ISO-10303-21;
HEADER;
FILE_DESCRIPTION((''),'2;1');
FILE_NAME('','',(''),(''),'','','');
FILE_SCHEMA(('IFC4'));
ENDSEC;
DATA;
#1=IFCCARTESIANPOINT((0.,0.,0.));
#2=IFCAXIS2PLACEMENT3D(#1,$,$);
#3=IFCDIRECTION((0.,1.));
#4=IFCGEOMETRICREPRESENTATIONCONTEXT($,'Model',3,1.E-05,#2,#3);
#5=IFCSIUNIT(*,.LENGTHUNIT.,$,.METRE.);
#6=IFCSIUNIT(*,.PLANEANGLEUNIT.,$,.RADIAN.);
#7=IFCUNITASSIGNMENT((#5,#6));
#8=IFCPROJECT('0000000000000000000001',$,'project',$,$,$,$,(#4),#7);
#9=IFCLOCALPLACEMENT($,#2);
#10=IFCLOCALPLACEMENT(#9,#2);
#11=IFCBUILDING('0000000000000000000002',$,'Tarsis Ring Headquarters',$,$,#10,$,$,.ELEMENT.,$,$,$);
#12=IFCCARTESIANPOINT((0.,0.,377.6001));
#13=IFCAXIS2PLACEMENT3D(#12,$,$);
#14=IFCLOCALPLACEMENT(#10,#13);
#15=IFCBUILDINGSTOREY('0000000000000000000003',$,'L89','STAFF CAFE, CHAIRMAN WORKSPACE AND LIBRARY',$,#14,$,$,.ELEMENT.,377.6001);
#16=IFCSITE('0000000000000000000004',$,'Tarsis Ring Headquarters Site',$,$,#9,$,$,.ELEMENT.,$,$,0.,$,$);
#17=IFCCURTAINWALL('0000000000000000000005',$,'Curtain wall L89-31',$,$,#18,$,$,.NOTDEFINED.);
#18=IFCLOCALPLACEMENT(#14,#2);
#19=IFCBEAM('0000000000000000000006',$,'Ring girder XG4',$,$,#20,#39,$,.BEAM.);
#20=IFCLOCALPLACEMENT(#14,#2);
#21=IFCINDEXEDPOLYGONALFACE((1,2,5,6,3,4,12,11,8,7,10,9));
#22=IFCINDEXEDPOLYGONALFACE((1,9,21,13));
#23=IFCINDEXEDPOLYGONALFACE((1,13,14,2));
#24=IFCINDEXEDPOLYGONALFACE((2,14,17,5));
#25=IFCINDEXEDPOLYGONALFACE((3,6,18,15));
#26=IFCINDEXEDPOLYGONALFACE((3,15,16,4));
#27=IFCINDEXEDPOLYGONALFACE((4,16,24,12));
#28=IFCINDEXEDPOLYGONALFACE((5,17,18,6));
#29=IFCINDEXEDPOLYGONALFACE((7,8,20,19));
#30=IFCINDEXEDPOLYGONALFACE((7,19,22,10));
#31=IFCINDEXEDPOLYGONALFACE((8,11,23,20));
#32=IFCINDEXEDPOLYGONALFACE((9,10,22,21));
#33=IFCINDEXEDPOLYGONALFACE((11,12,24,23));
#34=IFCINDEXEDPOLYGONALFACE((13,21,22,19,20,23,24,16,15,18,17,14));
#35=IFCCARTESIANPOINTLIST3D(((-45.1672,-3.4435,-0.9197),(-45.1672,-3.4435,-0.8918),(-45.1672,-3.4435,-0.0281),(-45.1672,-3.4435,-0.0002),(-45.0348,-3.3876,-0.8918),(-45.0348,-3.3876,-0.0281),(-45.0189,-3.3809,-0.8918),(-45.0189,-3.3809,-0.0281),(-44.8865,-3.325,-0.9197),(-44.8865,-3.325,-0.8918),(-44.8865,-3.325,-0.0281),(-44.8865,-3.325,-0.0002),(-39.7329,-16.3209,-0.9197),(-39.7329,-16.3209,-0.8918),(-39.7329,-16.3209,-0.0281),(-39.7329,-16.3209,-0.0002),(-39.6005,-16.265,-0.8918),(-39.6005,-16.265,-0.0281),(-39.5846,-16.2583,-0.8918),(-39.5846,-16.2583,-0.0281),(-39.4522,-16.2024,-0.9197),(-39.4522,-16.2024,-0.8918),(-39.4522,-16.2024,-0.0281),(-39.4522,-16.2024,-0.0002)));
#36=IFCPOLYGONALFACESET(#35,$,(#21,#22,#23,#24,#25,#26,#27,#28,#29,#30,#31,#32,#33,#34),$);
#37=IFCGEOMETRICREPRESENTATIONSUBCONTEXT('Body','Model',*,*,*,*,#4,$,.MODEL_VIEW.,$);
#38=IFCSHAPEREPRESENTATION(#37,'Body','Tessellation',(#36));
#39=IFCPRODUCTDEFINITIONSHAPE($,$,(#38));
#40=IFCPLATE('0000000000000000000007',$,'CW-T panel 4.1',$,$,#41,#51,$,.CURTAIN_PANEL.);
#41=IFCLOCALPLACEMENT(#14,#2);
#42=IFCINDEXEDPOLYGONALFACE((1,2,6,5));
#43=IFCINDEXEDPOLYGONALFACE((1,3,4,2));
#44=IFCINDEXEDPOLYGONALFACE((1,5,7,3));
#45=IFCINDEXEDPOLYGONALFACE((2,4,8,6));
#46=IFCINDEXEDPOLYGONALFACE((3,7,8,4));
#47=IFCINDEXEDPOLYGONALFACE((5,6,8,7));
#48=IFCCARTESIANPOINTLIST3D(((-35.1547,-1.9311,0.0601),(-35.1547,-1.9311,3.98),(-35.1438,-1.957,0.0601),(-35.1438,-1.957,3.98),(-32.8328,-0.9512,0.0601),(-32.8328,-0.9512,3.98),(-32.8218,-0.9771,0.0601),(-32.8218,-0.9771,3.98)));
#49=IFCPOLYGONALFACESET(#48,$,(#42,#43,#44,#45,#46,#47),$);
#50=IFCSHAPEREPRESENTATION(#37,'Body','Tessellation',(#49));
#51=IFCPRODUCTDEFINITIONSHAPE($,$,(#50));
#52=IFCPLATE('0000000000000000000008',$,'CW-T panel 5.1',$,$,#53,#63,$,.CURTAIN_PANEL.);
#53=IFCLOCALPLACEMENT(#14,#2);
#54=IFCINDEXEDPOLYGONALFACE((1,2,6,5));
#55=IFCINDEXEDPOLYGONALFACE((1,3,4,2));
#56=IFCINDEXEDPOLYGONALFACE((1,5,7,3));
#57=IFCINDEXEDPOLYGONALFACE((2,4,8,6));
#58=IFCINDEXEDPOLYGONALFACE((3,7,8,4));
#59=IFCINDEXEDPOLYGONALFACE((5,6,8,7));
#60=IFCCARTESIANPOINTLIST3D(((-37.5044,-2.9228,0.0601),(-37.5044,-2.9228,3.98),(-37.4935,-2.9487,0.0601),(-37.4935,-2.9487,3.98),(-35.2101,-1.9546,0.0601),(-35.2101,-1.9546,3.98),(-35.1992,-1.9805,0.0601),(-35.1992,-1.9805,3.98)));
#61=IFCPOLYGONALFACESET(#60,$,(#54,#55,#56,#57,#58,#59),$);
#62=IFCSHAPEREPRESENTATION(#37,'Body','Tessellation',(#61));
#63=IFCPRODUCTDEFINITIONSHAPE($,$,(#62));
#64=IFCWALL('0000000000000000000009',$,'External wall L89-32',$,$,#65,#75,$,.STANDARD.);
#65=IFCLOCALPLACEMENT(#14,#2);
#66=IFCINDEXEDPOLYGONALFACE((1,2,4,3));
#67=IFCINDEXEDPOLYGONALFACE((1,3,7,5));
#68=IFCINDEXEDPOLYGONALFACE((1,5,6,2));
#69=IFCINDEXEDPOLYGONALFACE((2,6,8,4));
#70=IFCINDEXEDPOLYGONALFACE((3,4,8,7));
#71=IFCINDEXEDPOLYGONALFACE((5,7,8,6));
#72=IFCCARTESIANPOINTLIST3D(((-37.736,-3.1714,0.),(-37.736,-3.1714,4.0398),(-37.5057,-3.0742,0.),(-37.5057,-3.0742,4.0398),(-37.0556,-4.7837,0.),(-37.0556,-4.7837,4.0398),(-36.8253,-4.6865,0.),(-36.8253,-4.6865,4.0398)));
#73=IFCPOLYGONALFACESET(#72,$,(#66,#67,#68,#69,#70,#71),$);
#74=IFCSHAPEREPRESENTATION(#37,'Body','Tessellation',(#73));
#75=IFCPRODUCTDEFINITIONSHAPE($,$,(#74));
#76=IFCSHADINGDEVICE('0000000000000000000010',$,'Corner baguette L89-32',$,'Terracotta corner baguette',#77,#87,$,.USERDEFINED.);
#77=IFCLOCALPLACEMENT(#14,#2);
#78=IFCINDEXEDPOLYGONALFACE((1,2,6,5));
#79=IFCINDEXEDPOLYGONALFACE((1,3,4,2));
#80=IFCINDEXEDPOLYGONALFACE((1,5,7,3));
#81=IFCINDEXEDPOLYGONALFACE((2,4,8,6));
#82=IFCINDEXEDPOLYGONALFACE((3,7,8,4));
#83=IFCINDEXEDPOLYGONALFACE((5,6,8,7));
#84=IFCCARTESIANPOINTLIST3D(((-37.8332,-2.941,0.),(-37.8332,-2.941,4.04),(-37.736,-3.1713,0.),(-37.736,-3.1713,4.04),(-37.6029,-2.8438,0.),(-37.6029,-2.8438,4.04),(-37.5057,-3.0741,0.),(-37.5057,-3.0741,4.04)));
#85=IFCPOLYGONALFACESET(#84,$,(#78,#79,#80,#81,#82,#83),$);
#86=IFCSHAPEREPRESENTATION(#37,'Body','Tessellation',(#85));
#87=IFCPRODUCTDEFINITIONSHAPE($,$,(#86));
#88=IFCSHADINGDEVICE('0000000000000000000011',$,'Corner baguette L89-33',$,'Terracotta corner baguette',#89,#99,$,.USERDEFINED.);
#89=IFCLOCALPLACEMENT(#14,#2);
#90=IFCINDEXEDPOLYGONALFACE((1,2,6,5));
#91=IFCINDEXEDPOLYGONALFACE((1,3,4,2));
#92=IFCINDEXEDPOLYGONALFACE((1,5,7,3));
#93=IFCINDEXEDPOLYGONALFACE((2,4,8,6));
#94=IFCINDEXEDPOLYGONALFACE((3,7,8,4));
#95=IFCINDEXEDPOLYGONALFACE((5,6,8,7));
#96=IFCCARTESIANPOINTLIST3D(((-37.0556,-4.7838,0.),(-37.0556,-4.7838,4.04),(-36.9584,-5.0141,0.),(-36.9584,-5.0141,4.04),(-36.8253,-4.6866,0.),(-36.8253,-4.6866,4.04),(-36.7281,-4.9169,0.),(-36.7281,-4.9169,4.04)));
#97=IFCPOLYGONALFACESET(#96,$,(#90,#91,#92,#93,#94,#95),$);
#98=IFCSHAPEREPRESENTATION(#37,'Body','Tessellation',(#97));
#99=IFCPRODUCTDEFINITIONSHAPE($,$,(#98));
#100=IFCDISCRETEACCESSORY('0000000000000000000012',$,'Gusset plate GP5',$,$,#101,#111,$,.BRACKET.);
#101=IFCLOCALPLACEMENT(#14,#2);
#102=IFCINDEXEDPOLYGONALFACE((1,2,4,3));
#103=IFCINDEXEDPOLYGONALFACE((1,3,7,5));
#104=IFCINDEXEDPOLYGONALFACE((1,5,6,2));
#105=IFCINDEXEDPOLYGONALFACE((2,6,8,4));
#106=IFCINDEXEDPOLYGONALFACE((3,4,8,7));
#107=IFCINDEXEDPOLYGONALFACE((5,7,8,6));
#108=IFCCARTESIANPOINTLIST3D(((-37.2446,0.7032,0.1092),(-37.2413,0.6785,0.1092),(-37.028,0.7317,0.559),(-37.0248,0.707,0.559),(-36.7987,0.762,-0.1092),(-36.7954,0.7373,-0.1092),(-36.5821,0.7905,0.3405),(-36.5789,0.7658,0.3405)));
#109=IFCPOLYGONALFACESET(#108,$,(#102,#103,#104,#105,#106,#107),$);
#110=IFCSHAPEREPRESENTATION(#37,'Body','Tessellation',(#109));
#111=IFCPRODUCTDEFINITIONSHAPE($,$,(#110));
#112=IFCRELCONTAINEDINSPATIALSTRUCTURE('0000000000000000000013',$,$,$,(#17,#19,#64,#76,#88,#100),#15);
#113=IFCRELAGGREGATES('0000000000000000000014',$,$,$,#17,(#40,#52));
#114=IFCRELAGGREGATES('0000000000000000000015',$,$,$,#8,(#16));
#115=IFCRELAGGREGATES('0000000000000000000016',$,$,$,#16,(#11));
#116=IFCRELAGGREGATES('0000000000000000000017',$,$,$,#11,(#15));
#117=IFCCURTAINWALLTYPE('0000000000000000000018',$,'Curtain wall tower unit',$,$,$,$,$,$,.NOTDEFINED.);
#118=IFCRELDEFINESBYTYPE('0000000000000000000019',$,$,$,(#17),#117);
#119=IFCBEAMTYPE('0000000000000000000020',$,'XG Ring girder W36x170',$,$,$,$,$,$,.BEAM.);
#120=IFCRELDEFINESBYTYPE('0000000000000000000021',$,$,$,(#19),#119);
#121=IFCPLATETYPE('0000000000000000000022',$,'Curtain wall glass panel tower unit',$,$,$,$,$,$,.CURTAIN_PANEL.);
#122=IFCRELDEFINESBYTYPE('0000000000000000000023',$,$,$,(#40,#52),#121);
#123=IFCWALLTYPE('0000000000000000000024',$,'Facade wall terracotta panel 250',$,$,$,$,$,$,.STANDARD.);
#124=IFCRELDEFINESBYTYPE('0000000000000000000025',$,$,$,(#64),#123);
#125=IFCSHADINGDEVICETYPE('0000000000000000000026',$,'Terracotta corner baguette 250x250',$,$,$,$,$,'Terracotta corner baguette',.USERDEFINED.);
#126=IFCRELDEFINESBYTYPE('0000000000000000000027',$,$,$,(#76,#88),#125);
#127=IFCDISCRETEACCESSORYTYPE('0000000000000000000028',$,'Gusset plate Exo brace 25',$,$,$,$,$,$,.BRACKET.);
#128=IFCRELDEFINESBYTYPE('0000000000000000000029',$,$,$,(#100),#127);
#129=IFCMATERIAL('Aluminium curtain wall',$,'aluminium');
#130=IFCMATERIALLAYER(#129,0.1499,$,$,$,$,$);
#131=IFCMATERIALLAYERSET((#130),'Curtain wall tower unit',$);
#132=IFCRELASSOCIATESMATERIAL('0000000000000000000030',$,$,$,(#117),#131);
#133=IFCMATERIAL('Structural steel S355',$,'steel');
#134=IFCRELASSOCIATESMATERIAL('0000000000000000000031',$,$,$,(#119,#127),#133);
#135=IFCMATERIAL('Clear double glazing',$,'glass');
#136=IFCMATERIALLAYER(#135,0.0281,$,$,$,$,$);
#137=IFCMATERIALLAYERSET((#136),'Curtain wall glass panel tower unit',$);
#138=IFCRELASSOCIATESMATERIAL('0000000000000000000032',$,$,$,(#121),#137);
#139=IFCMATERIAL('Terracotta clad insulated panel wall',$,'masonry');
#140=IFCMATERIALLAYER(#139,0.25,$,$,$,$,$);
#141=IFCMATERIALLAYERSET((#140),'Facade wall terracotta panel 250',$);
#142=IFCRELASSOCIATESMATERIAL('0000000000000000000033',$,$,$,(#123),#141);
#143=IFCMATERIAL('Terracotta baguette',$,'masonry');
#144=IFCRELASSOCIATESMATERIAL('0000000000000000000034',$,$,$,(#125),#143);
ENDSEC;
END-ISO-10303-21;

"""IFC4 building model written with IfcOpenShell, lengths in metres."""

from ifc_helpers import new_model, si_unit, direction, frame, frame_2d, origin, origin_2d, place, context, subcontext, project, spatial, rectangle, i_section, extrude, material, layer, layer_set, material_profile, profile_set, type_object, element, aggregate, save


model = new_model("IFC4")

# Units and contexts
model_context = context("Model", 3, precision=1e-05, world=origin(), true_north=direction((0.0, 1.0)))
body_context = subcontext(model_context, "Body", "Model", "MODEL_VIEW")
ifc_project = project(units=[si_unit("LENGTHUNIT", "METRE"), si_unit("PLANEANGLEUNIT", "RADIAN")], contexts=[model_context])

# Site, building, storey
site_placement = place(None, origin())
site = spatial("IfcSite", under=ifc_project, at=site_placement, Name="Tarsis Ring Headquarters Site", CompositionType="ELEMENT", RefElevation=0.0)
building_placement = place(site_placement, origin())
building = spatial("IfcBuilding", under=site, at=building_placement, Name="Tarsis Ring Headquarters", CompositionType="ELEMENT")
storey_placement = place(building_placement, frame((0.0, 0.0, 377.6001)))
storey = spatial("IfcBuildingStorey", under=building, at=storey_placement, Name="L89", Description="STAFF CAFE, CHAIRMAN WORKSPACE AND LIBRARY", CompositionType="ELEMENT", Elevation=377.6001)

# Shared definitions
ifc_material_1 = material(Name="Structural steel S355", Category="steel")

# Curtain wall
ifc_material_2 = material(Name="Aluminium curtain wall", Category="aluminium")
ifc_layer_1 = layer(ifc_material_2, 0.1499)
ifc_layer_set_1 = layer_set([ifc_layer_1], Name="Curtain wall tower unit")
curtain_wall_type = type_object("IfcCurtainWallType", Name="Curtain wall tower unit", PredefinedType="NOTDEFINED", material=ifc_layer_set_1)
curtain_wall_placement = place(storey_placement, origin())
curtain_wall = element("IfcCurtainWall", 1, at=curtain_wall_placement, inside=storey, type_object=curtain_wall_type, Name="Curtain wall L89-31", PredefinedType="NOTDEFINED")

# Beam
ifc_material_profile_1 = material_profile(ifc_material_1, i_section(OverallWidth=0.3047, OverallDepth=0.9194, WebThickness=0.0173, FlangeThickness=0.0278, at=origin_2d()), Name="W36x170")
ifc_profile_set_1 = profile_set([ifc_material_profile_1], Name="Structural steel S355")
beam_type_1 = type_object("IfcBeamType", Name="XG Ring girder W36x170", PredefinedType="BEAM", material=ifc_profile_set_1)
beam_1_placement = place(storey_placement, frame((-45.0269, -3.3843, -0.46), z_axis=(0.388801, -0.921322, 0.0), x_axis=(0.921322, 0.388801, 0.0)))
element("IfcBeam", 2, at=beam_1_placement, inside=storey, type_object=beam_type_1, Name="Ring girder XG4", PredefinedType="BEAM", context=body_context, shape_type="SweptSolid", body=[
    extrude(i_section(OverallWidth=0.3047, OverallDepth=0.9194, WebThickness=0.0173, FlangeThickness=0.0278, at=origin_2d()), origin(), (0.0, 0.0, 1.0), 13.9771),
])

# Plates
ifc_material_3 = material(Name="Clear double glazing", Category="glass")
ifc_layer_2 = layer(ifc_material_3, 0.0281)
ifc_layer_set_2 = layer_set([ifc_layer_2], Name="Curtain wall glass panel tower unit")
plate_type = type_object("IfcPlateType", Name="Curtain wall glass panel tower unit", PredefinedType="CURTAIN_PANEL", material=ifc_layer_set_2)
plate_1_placement = place(storey_placement, frame((-33.9883, -1.4541, 0.0601), z_axis=(0.0, 0.0, 1.0), x_axis=(-0.921321, -0.388802, 0.0)))
plate_1 = element("IfcPlate", 3, at=plate_1_placement, type_object=plate_type, Name="CW-T panel 4.1", PredefinedType="CURTAIN_PANEL", context=body_context, shape_type="SweptSolid", body=[
    extrude(rectangle(XDim=2.5203, YDim=0.0281, at=origin_2d()), origin(), (0.0, 0.0, 1.0), 3.9199),
])
plate_2_placement = place(storey_placement, frame((-36.3518, -2.4517, 0.0601), z_axis=(0.0, 0.0, 1.0), x_axis=(-0.921321, -0.388802, 0.0)))
plate_2 = element("IfcPlate", 4, at=plate_2_placement, type_object=plate_type, Name="CW-T panel 5.1", PredefinedType="CURTAIN_PANEL", context=body_context, shape_type="SweptSolid", body=[
    extrude(rectangle(XDim=2.4902, YDim=0.0281, at=origin_2d()), origin(), (0.0, 0.0, 1.0), 3.9199),
])
aggregate(curtain_wall, [plate_1, plate_2])

# Wall
ifc_material_4 = material(Name="Terracotta clad insulated panel wall", Category="masonry")
ifc_layer_3 = layer(ifc_material_4, 0.25)
ifc_layer_set_3 = layer_set([ifc_layer_3], Name="Facade wall terracotta panel 250")
wall_type = type_object("IfcWallType", Name="Facade wall terracotta panel 250", PredefinedType="STANDARD", material=ifc_layer_set_3)
wall_placement = place(storey_placement, frame((-37.6208, -3.1228, 0.0), z_axis=(0.0, 0.0, 1.0), x_axis=(0.388812, -0.921317, 0.0)))
element("IfcWall", 5, at=wall_placement, inside=storey, type_object=wall_type, Name="External wall L89-32", PredefinedType="STANDARD", context=body_context, shape_type="SweptSolid", body=[
    extrude(rectangle(XDim=1.75, YDim=0.25, at=frame_2d((0.875, 0.0))), origin(), (0.0, 0.0, 1.0), 4.0398),
])

# Shading devices
ifc_material_5 = material(Name="Terracotta baguette", Category="masonry")
shading_device_type_1 = type_object("IfcShadingDeviceType", Name="Terracotta corner baguette 250x250", ElementType="Terracotta corner baguette", PredefinedType="USERDEFINED", material=ifc_material_5)
for number, where, z_axis, x_axis, name in (
    (6, (-37.6694, -3.0076, 0.0), (0.0, 0.0, 1.0), (-0.921321, -0.388802, 0.0), "Corner baguette L89-32"),
    (7, (-36.8918, -4.8503, 0.0), (0.0, 0.0, 1.0), (0.388802, -0.921321, 0.0), "Corner baguette L89-33"),
):
    element("IfcShadingDevice", number, at=place(storey_placement, frame(where, z_axis=z_axis, x_axis=x_axis)), inside=storey, type_object=shading_device_type_1, Name=name, ObjectType="Terracotta corner baguette", PredefinedType="USERDEFINED", context=body_context, shape_type="SweptSolid", body=[
        extrude(rectangle(XDim=0.25, YDim=0.25, at=origin_2d()), origin(), (0.0, 0.0, 1.0), 4.04),
    ])

# Discrete accessory
ifc_material_profile_2 = material_profile(ifc_material_1, rectangle(XDim=0.0249, YDim=0.5, at=origin_2d()), Name="PL 25x500")
ifc_profile_set_2 = profile_set([ifc_material_profile_2], Name="Structural steel S355")
discrete_accessory_type = type_object("IfcDiscreteAccessoryType", Name="Gusset plate Exo brace 25", PredefinedType="BRACKET", material=ifc_profile_set_2)
discrete_accessory_placement = place(storey_placement, frame((-37.02, 0.7202, 0.0), z_axis=(0.433151, 0.057135, 0.899509), x_axis=(-0.130773, 0.991412, 0.0)))
element("IfcDiscreteAccessory", 8, at=discrete_accessory_placement, inside=storey, type_object=discrete_accessory_type, Name="Gusset plate GP5", PredefinedType="BRACKET", context=body_context, shape_type="SweptSolid", body=[
    extrude(rectangle(XDim=0.0249, YDim=0.5, at=origin_2d()), origin(), (0.0, 0.0, 1.0), 0.5),
])

save(model, "model.ifc")
